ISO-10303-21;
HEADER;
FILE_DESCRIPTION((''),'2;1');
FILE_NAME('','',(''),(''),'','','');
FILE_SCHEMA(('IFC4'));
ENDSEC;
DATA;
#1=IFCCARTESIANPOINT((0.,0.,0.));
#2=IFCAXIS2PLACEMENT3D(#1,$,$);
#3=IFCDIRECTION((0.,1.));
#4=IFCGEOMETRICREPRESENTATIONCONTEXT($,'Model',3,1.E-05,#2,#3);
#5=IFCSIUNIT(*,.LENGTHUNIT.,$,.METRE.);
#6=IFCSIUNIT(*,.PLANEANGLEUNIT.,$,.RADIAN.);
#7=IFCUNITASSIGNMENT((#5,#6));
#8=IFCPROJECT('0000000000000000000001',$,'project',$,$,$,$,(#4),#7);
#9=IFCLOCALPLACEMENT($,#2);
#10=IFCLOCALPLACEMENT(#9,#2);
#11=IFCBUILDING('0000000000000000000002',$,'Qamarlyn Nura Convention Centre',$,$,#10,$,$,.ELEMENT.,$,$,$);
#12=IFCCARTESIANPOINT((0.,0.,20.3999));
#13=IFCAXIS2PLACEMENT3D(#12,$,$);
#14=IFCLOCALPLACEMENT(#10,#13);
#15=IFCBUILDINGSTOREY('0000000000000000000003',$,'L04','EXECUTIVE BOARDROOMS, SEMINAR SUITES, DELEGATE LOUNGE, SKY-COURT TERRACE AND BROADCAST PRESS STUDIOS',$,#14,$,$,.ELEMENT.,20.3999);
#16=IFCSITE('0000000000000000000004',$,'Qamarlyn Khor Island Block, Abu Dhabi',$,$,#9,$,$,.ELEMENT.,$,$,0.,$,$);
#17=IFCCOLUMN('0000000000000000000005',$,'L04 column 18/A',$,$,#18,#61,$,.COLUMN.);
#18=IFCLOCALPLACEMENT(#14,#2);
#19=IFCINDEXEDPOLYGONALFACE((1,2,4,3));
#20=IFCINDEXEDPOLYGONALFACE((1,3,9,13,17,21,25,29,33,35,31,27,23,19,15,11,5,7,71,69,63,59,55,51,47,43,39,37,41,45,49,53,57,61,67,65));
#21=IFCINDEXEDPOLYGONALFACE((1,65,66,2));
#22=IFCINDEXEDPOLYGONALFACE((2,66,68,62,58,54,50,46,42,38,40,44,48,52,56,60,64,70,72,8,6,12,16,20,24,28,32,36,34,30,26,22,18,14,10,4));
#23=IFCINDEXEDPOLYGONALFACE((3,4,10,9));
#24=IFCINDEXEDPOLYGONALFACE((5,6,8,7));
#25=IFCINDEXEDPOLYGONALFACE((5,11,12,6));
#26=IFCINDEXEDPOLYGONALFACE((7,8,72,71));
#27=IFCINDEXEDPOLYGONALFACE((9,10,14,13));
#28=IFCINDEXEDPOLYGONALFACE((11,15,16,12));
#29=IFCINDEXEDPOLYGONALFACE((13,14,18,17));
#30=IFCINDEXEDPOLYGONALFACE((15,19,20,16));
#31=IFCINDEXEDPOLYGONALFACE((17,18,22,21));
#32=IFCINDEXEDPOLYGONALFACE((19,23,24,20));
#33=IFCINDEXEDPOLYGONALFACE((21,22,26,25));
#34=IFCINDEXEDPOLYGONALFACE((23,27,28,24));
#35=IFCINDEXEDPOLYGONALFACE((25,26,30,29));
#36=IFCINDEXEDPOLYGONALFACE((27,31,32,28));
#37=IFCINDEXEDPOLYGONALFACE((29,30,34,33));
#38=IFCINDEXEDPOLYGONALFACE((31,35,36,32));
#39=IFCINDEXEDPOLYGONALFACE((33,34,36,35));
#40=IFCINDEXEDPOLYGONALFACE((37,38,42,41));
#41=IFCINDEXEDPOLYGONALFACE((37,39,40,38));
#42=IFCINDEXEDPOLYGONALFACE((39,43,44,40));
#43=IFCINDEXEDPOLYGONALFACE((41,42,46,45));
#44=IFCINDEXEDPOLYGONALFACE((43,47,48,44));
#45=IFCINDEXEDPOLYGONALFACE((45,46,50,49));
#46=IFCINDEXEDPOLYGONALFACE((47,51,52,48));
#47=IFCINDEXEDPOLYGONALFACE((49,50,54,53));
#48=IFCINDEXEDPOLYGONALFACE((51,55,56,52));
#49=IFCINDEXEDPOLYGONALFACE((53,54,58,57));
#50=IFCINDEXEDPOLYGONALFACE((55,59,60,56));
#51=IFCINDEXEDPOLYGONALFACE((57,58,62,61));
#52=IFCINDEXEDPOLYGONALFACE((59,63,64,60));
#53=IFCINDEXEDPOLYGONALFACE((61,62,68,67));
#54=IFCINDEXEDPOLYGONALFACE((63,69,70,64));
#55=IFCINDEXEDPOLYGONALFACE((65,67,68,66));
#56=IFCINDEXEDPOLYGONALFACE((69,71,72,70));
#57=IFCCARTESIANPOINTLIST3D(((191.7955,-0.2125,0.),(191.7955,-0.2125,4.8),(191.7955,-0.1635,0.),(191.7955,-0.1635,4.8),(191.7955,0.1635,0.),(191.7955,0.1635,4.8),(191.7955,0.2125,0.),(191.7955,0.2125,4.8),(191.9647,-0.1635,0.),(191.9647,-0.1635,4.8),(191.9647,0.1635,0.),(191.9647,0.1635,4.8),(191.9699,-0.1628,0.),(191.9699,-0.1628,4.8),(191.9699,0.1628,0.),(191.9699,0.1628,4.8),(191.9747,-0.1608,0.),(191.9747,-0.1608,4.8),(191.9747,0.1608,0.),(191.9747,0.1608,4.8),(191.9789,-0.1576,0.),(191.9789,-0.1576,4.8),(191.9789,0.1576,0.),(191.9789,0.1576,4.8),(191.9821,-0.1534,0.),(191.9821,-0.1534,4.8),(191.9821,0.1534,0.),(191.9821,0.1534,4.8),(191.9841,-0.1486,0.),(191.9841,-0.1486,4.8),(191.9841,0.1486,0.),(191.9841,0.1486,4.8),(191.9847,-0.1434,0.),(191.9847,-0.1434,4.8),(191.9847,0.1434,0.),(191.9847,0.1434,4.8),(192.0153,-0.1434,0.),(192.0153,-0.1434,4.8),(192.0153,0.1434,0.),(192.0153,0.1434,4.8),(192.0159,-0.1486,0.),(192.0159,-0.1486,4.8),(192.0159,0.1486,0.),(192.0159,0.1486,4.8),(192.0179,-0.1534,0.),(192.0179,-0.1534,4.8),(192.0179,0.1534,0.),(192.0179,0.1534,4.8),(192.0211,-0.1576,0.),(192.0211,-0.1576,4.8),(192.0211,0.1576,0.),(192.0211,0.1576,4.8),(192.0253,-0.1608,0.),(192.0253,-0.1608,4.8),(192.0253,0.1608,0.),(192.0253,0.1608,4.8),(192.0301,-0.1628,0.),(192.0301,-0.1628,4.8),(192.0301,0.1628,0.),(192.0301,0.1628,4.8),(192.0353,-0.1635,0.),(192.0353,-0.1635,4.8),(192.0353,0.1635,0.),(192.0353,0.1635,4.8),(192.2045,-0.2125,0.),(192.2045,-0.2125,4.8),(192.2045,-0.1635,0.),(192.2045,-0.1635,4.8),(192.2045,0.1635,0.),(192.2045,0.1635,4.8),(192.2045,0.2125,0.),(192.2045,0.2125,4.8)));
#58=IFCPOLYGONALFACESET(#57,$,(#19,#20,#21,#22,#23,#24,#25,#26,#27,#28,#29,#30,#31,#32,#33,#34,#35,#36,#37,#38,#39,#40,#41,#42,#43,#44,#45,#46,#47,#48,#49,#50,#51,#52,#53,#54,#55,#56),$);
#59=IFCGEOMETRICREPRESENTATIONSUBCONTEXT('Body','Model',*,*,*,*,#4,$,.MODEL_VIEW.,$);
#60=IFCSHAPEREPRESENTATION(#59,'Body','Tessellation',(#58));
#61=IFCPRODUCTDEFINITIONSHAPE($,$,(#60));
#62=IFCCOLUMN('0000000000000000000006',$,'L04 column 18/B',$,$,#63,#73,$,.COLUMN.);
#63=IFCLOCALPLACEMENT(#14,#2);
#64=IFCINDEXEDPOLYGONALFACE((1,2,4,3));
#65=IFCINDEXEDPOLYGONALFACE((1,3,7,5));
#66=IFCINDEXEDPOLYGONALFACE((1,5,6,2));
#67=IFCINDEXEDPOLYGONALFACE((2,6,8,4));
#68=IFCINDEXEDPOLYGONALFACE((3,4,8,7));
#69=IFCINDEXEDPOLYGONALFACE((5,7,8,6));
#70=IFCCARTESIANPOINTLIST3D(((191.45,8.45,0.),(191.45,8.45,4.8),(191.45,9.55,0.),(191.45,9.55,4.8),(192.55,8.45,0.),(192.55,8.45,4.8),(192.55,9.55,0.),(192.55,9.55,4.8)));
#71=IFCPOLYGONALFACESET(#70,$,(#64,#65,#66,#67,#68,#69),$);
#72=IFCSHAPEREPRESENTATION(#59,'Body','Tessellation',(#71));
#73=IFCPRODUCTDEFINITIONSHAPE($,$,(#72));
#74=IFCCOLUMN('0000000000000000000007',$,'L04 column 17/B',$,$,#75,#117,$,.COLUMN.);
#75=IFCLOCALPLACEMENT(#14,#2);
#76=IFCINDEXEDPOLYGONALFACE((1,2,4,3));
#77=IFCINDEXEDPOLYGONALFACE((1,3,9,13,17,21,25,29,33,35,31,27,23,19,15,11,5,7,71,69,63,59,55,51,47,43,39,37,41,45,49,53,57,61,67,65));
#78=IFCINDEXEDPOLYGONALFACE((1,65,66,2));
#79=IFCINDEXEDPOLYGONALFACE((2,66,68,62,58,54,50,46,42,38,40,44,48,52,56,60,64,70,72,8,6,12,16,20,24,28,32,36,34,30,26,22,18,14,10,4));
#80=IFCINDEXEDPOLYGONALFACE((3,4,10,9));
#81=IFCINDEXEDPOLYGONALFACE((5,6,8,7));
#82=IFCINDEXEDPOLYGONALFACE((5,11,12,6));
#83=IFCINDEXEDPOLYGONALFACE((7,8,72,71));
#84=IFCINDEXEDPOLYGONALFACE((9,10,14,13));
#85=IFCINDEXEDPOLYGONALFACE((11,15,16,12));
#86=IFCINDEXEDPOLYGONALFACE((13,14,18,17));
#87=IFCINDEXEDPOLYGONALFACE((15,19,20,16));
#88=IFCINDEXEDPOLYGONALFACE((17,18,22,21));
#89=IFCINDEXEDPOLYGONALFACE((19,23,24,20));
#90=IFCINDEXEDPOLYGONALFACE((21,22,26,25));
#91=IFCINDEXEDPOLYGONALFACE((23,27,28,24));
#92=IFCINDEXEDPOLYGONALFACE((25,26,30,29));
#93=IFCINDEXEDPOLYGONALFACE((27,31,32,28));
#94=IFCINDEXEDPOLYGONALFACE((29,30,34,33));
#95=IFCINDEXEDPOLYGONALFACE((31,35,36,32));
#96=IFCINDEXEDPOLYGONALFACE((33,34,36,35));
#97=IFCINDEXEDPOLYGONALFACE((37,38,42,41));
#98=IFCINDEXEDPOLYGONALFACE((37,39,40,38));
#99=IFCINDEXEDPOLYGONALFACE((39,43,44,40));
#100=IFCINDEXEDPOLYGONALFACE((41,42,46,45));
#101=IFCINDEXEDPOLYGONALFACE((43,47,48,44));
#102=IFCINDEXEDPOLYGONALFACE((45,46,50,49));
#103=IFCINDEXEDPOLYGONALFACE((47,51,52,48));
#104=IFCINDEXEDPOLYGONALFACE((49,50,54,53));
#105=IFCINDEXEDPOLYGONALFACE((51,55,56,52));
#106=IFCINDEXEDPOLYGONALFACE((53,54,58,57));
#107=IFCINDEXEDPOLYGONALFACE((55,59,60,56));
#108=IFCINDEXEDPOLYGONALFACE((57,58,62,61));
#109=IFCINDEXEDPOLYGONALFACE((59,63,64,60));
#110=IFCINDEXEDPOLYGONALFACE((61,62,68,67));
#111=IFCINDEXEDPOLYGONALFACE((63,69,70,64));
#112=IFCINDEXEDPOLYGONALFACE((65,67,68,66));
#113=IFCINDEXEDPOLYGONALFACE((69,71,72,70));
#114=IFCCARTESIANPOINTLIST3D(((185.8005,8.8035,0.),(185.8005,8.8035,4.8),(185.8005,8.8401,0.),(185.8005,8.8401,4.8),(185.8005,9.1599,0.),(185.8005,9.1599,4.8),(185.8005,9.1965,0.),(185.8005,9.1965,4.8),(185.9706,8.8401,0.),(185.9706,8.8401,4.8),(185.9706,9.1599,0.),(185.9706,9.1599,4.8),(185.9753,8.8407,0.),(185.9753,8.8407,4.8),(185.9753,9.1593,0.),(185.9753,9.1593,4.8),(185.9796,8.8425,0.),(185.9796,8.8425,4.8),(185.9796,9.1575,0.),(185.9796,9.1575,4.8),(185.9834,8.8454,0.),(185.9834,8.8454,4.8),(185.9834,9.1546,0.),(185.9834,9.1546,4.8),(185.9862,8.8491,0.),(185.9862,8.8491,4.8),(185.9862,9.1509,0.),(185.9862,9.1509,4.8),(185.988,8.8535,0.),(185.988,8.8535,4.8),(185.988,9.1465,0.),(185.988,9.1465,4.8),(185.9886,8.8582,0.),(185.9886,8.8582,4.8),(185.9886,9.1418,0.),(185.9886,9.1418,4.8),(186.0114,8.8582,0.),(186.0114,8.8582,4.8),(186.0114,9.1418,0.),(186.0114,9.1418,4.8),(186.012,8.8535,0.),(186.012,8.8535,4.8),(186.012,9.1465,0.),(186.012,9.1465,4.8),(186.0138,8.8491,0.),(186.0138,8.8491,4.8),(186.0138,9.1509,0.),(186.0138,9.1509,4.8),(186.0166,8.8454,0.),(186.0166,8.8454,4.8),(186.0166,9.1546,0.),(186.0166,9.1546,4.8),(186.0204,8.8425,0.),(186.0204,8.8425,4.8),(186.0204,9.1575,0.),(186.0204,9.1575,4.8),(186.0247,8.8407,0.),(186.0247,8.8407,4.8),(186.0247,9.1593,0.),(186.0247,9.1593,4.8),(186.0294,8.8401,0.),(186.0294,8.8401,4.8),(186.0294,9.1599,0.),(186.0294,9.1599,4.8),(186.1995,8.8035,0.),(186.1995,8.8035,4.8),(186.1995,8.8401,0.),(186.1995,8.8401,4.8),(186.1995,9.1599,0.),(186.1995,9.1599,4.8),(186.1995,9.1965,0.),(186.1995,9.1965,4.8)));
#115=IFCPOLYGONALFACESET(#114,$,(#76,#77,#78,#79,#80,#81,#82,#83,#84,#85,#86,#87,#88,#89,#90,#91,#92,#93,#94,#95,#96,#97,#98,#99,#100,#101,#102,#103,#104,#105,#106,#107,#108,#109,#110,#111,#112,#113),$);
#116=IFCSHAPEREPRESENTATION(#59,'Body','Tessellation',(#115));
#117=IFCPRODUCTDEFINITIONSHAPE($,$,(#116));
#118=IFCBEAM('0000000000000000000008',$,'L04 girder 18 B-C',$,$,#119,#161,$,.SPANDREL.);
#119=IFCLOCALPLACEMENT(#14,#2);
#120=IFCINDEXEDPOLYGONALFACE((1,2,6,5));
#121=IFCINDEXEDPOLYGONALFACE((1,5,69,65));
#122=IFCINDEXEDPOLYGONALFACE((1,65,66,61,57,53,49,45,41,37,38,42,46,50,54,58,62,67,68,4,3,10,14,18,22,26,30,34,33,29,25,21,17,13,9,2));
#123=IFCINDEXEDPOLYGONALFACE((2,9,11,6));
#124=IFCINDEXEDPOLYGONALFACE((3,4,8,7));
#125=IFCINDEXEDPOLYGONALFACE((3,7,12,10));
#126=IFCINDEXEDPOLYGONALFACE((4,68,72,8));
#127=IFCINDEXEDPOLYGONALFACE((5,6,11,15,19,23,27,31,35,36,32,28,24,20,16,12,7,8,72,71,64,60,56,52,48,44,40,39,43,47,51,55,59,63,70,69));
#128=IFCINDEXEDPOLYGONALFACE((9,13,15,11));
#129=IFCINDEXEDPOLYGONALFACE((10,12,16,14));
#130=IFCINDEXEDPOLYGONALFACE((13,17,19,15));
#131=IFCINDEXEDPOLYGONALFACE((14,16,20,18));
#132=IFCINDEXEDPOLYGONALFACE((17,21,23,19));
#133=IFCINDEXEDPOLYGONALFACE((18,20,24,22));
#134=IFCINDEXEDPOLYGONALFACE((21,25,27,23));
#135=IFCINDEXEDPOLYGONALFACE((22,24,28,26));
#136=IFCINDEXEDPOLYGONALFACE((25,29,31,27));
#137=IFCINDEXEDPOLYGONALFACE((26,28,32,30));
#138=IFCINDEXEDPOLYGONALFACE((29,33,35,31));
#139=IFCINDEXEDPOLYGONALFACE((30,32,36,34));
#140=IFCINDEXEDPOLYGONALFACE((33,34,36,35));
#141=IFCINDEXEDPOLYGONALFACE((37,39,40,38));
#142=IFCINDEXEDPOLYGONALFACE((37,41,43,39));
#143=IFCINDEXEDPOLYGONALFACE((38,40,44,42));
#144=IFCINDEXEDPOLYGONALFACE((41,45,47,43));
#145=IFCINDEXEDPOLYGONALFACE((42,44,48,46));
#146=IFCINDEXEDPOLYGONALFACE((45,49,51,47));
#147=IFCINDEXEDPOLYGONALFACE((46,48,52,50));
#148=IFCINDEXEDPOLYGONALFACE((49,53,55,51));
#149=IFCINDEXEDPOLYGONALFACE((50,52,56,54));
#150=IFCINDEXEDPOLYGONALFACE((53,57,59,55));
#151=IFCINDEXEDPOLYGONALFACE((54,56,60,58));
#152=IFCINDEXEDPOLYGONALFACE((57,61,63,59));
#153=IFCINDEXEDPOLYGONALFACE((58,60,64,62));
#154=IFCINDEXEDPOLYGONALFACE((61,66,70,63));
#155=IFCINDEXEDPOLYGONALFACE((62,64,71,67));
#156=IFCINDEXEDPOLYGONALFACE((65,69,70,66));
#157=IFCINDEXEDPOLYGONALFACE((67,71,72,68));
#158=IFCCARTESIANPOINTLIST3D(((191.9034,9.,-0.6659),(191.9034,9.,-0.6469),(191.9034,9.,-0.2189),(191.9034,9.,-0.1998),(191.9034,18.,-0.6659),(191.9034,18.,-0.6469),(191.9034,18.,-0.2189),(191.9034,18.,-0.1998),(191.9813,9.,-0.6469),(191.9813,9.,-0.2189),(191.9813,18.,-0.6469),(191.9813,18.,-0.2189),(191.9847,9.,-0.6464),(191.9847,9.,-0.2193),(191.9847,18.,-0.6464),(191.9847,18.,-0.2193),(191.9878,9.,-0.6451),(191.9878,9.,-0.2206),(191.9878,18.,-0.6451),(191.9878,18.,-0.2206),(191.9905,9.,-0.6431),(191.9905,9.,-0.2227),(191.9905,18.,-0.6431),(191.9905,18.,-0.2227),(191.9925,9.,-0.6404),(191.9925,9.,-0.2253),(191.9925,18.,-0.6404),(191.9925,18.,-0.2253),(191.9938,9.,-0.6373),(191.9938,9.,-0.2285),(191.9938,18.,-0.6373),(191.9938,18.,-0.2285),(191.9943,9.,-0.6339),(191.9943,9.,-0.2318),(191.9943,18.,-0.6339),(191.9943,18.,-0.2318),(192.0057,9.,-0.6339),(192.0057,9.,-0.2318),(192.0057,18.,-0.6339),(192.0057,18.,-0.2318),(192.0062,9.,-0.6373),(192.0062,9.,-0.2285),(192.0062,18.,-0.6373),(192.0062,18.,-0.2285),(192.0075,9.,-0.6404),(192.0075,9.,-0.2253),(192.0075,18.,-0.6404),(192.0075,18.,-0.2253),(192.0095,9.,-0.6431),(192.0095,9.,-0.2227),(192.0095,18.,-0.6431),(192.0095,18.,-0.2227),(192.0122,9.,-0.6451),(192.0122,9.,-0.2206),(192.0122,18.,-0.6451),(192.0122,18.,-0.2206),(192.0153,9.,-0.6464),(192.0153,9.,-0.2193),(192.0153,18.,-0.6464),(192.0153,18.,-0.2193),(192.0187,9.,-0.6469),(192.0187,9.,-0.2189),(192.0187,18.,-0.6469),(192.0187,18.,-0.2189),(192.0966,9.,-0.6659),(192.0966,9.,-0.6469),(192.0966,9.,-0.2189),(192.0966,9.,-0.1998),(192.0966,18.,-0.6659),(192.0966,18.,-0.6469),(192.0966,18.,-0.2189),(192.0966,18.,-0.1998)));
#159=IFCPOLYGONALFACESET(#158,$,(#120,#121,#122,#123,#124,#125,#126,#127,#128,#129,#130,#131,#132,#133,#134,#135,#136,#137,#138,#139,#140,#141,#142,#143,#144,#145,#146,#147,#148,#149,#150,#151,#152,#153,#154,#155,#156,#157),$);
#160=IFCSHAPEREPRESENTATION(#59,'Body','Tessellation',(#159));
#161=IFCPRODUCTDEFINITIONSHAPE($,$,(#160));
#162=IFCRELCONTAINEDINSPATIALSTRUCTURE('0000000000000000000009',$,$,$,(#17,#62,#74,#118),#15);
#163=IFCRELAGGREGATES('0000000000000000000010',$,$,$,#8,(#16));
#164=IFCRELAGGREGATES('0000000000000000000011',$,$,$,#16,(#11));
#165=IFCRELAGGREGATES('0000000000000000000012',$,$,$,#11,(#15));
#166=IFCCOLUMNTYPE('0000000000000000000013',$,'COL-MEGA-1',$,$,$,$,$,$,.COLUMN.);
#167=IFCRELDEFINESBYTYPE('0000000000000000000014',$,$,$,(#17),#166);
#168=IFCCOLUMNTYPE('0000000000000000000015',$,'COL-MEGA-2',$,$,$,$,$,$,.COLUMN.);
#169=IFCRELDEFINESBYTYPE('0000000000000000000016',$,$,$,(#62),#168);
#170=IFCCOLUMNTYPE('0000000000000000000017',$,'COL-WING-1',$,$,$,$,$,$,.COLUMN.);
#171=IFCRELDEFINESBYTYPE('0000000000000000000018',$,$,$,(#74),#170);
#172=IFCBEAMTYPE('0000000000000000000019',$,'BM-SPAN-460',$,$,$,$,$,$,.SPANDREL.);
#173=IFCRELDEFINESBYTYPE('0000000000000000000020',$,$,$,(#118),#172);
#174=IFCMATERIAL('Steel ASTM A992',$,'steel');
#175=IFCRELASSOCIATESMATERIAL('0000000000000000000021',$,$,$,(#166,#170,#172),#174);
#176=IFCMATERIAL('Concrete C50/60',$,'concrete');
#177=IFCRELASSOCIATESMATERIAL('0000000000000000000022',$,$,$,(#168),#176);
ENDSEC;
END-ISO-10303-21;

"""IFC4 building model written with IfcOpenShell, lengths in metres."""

from ifc_helpers import new_model, si_unit, direction, frame, origin, origin_2d, place, context, subcontext, project, spatial, rectangle, i_section, extrude, material, material_profile, profile_set, type_object, element, save


model = new_model("IFC4")

# Units and contexts
model_context = context("Model", 3, precision=1e-05, world=origin(), true_north=direction((0.0, 1.0)))
body_context = subcontext(model_context, "Body", "Model", "MODEL_VIEW")
ifc_project = project(units=[si_unit("LENGTHUNIT", "METRE"), si_unit("PLANEANGLEUNIT", "RADIAN")], contexts=[model_context])

# Site, building, storey
site_placement = place(None, origin())
site = spatial("IfcSite", under=ifc_project, at=site_placement, Name="Qamarlyn Khor Island Block, Abu Dhabi", CompositionType="ELEMENT", RefElevation=0.0)
building_placement = place(site_placement, origin())
building = spatial("IfcBuilding", under=site, at=building_placement, Name="Qamarlyn Nura Convention Centre", CompositionType="ELEMENT")
storey_placement = place(building_placement, frame((0.0, 0.0, 20.3999)))
storey = spatial("IfcBuildingStorey", under=building, at=storey_placement, Name="L04", Description="EXECUTIVE BOARDROOMS, SEMINAR SUITES, DELEGATE LOUNGE, SKY-COURT TERRACE AND BROADCAST PRESS STUDIOS", CompositionType="ELEMENT", Elevation=20.3999)

# Columns
ifc_material_1 = material(Name="Steel ASTM A992", Category="steel")
ifc_material_profile_1 = material_profile(ifc_material_1, i_section(OverallWidth=0.4089, OverallDepth=0.425, WebThickness=0.0305, FlangeThickness=0.0491, FilletRadius=0.02, at=origin_2d()), Name="W360X421")
ifc_profile_set_1 = profile_set([ifc_material_profile_1], Name="Steel ASTM A992")
column_type_1 = type_object("IfcColumnType", Name="COL-MEGA-1", PredefinedType="COLUMN", material=ifc_profile_set_1)
column_1_placement = place(storey_placement, frame((192.0, 0.0, 0.0), z_axis=(0.0, 0.0, 1.0), x_axis=(1.0, 0.0, 0.0)))
element("IfcColumn", 1, at=column_1_placement, inside=storey, type_object=column_type_1, Name="L04 column 18/A", PredefinedType="COLUMN", context=body_context, shape_type="SweptSolid", body=[
    extrude(i_section(OverallWidth=0.4089, OverallDepth=0.425, WebThickness=0.0305, FlangeThickness=0.0491, FilletRadius=0.02, at=origin_2d()), origin(), (0.0, 0.0, 1.0), 4.8),
])
ifc_material_2 = material(Name="Concrete C50/60", Category="concrete")
ifc_material_profile_2 = material_profile(ifc_material_2, rectangle(XDim=1.1001, YDim=1.1001, at=origin_2d()), Name="RC 1100x1100")
ifc_profile_set_2 = profile_set([ifc_material_profile_2], Name="Concrete C50/60")
column_type_2 = type_object("IfcColumnType", Name="COL-MEGA-2", PredefinedType="COLUMN", material=ifc_profile_set_2)
column_2_placement = place(storey_placement, frame((192.0, 9.0, 0.0), z_axis=(0.0, 0.0, 1.0), x_axis=(1.0, 0.0, 0.0)))
element("IfcColumn", 2, at=column_2_placement, inside=storey, type_object=column_type_2, Name="L04 column 18/B", PredefinedType="COLUMN", context=body_context, shape_type="SweptSolid", body=[
    extrude(rectangle(XDim=1.1001, YDim=1.1001, at=origin_2d()), origin(), (0.0, 0.0, 1.0), 4.8),
])
ifc_material_profile_3 = material_profile(ifc_material_1, i_section(OverallWidth=0.3989, OverallDepth=0.3931, WebThickness=0.0227, FlangeThickness=0.0366, FilletRadius=0.0181, at=origin_2d()), Name="W360X287")
ifc_profile_set_3 = profile_set([ifc_material_profile_3], Name="Steel ASTM A992")
column_type_3 = type_object("IfcColumnType", Name="COL-WING-1", PredefinedType="COLUMN", material=ifc_profile_set_3)
column_3_placement = place(storey_placement, frame((186.0, 9.0, 0.0), z_axis=(0.0, 0.0, 1.0), x_axis=(1.0, 0.0, 0.0)))
element("IfcColumn", 3, at=column_3_placement, inside=storey, type_object=column_type_3, Name="L04 column 17/B", PredefinedType="COLUMN", context=body_context, shape_type="SweptSolid", body=[
    extrude(i_section(OverallWidth=0.3989, OverallDepth=0.3931, WebThickness=0.0227, FlangeThickness=0.0366, FilletRadius=0.0181, at=origin_2d()), origin(), (0.0, 0.0, 1.0), 4.8),
])

# Beam
ifc_material_profile_4 = material_profile(ifc_material_1, i_section(OverallWidth=0.1931, OverallDepth=0.4661, WebThickness=0.0115, FlangeThickness=0.019, FilletRadius=0.0129, at=origin_2d()), Name="W460X97")
ifc_profile_set_4 = profile_set([ifc_material_profile_4], Name="Steel ASTM A992")
beam_type_1 = type_object("IfcBeamType", Name="BM-SPAN-460", PredefinedType="SPANDREL", material=ifc_profile_set_4)
beam_1_placement = place(storey_placement, frame((192.0, 9.0, -0.4329), z_axis=(0.0, 1.0, 0.0), x_axis=(-1.0, 0.0, 0.0)))
element("IfcBeam", 4, at=beam_1_placement, inside=storey, type_object=beam_type_1, Name="L04 girder 18 B-C", PredefinedType="SPANDREL", context=body_context, shape_type="SweptSolid", body=[
    extrude(i_section(OverallWidth=0.1931, OverallDepth=0.4661, WebThickness=0.0115, FlangeThickness=0.019, FilletRadius=0.0129, at=origin_2d()), origin(), (0.0, 0.0, 1.0), 9.0),
])

save(model, "model.ifc")
